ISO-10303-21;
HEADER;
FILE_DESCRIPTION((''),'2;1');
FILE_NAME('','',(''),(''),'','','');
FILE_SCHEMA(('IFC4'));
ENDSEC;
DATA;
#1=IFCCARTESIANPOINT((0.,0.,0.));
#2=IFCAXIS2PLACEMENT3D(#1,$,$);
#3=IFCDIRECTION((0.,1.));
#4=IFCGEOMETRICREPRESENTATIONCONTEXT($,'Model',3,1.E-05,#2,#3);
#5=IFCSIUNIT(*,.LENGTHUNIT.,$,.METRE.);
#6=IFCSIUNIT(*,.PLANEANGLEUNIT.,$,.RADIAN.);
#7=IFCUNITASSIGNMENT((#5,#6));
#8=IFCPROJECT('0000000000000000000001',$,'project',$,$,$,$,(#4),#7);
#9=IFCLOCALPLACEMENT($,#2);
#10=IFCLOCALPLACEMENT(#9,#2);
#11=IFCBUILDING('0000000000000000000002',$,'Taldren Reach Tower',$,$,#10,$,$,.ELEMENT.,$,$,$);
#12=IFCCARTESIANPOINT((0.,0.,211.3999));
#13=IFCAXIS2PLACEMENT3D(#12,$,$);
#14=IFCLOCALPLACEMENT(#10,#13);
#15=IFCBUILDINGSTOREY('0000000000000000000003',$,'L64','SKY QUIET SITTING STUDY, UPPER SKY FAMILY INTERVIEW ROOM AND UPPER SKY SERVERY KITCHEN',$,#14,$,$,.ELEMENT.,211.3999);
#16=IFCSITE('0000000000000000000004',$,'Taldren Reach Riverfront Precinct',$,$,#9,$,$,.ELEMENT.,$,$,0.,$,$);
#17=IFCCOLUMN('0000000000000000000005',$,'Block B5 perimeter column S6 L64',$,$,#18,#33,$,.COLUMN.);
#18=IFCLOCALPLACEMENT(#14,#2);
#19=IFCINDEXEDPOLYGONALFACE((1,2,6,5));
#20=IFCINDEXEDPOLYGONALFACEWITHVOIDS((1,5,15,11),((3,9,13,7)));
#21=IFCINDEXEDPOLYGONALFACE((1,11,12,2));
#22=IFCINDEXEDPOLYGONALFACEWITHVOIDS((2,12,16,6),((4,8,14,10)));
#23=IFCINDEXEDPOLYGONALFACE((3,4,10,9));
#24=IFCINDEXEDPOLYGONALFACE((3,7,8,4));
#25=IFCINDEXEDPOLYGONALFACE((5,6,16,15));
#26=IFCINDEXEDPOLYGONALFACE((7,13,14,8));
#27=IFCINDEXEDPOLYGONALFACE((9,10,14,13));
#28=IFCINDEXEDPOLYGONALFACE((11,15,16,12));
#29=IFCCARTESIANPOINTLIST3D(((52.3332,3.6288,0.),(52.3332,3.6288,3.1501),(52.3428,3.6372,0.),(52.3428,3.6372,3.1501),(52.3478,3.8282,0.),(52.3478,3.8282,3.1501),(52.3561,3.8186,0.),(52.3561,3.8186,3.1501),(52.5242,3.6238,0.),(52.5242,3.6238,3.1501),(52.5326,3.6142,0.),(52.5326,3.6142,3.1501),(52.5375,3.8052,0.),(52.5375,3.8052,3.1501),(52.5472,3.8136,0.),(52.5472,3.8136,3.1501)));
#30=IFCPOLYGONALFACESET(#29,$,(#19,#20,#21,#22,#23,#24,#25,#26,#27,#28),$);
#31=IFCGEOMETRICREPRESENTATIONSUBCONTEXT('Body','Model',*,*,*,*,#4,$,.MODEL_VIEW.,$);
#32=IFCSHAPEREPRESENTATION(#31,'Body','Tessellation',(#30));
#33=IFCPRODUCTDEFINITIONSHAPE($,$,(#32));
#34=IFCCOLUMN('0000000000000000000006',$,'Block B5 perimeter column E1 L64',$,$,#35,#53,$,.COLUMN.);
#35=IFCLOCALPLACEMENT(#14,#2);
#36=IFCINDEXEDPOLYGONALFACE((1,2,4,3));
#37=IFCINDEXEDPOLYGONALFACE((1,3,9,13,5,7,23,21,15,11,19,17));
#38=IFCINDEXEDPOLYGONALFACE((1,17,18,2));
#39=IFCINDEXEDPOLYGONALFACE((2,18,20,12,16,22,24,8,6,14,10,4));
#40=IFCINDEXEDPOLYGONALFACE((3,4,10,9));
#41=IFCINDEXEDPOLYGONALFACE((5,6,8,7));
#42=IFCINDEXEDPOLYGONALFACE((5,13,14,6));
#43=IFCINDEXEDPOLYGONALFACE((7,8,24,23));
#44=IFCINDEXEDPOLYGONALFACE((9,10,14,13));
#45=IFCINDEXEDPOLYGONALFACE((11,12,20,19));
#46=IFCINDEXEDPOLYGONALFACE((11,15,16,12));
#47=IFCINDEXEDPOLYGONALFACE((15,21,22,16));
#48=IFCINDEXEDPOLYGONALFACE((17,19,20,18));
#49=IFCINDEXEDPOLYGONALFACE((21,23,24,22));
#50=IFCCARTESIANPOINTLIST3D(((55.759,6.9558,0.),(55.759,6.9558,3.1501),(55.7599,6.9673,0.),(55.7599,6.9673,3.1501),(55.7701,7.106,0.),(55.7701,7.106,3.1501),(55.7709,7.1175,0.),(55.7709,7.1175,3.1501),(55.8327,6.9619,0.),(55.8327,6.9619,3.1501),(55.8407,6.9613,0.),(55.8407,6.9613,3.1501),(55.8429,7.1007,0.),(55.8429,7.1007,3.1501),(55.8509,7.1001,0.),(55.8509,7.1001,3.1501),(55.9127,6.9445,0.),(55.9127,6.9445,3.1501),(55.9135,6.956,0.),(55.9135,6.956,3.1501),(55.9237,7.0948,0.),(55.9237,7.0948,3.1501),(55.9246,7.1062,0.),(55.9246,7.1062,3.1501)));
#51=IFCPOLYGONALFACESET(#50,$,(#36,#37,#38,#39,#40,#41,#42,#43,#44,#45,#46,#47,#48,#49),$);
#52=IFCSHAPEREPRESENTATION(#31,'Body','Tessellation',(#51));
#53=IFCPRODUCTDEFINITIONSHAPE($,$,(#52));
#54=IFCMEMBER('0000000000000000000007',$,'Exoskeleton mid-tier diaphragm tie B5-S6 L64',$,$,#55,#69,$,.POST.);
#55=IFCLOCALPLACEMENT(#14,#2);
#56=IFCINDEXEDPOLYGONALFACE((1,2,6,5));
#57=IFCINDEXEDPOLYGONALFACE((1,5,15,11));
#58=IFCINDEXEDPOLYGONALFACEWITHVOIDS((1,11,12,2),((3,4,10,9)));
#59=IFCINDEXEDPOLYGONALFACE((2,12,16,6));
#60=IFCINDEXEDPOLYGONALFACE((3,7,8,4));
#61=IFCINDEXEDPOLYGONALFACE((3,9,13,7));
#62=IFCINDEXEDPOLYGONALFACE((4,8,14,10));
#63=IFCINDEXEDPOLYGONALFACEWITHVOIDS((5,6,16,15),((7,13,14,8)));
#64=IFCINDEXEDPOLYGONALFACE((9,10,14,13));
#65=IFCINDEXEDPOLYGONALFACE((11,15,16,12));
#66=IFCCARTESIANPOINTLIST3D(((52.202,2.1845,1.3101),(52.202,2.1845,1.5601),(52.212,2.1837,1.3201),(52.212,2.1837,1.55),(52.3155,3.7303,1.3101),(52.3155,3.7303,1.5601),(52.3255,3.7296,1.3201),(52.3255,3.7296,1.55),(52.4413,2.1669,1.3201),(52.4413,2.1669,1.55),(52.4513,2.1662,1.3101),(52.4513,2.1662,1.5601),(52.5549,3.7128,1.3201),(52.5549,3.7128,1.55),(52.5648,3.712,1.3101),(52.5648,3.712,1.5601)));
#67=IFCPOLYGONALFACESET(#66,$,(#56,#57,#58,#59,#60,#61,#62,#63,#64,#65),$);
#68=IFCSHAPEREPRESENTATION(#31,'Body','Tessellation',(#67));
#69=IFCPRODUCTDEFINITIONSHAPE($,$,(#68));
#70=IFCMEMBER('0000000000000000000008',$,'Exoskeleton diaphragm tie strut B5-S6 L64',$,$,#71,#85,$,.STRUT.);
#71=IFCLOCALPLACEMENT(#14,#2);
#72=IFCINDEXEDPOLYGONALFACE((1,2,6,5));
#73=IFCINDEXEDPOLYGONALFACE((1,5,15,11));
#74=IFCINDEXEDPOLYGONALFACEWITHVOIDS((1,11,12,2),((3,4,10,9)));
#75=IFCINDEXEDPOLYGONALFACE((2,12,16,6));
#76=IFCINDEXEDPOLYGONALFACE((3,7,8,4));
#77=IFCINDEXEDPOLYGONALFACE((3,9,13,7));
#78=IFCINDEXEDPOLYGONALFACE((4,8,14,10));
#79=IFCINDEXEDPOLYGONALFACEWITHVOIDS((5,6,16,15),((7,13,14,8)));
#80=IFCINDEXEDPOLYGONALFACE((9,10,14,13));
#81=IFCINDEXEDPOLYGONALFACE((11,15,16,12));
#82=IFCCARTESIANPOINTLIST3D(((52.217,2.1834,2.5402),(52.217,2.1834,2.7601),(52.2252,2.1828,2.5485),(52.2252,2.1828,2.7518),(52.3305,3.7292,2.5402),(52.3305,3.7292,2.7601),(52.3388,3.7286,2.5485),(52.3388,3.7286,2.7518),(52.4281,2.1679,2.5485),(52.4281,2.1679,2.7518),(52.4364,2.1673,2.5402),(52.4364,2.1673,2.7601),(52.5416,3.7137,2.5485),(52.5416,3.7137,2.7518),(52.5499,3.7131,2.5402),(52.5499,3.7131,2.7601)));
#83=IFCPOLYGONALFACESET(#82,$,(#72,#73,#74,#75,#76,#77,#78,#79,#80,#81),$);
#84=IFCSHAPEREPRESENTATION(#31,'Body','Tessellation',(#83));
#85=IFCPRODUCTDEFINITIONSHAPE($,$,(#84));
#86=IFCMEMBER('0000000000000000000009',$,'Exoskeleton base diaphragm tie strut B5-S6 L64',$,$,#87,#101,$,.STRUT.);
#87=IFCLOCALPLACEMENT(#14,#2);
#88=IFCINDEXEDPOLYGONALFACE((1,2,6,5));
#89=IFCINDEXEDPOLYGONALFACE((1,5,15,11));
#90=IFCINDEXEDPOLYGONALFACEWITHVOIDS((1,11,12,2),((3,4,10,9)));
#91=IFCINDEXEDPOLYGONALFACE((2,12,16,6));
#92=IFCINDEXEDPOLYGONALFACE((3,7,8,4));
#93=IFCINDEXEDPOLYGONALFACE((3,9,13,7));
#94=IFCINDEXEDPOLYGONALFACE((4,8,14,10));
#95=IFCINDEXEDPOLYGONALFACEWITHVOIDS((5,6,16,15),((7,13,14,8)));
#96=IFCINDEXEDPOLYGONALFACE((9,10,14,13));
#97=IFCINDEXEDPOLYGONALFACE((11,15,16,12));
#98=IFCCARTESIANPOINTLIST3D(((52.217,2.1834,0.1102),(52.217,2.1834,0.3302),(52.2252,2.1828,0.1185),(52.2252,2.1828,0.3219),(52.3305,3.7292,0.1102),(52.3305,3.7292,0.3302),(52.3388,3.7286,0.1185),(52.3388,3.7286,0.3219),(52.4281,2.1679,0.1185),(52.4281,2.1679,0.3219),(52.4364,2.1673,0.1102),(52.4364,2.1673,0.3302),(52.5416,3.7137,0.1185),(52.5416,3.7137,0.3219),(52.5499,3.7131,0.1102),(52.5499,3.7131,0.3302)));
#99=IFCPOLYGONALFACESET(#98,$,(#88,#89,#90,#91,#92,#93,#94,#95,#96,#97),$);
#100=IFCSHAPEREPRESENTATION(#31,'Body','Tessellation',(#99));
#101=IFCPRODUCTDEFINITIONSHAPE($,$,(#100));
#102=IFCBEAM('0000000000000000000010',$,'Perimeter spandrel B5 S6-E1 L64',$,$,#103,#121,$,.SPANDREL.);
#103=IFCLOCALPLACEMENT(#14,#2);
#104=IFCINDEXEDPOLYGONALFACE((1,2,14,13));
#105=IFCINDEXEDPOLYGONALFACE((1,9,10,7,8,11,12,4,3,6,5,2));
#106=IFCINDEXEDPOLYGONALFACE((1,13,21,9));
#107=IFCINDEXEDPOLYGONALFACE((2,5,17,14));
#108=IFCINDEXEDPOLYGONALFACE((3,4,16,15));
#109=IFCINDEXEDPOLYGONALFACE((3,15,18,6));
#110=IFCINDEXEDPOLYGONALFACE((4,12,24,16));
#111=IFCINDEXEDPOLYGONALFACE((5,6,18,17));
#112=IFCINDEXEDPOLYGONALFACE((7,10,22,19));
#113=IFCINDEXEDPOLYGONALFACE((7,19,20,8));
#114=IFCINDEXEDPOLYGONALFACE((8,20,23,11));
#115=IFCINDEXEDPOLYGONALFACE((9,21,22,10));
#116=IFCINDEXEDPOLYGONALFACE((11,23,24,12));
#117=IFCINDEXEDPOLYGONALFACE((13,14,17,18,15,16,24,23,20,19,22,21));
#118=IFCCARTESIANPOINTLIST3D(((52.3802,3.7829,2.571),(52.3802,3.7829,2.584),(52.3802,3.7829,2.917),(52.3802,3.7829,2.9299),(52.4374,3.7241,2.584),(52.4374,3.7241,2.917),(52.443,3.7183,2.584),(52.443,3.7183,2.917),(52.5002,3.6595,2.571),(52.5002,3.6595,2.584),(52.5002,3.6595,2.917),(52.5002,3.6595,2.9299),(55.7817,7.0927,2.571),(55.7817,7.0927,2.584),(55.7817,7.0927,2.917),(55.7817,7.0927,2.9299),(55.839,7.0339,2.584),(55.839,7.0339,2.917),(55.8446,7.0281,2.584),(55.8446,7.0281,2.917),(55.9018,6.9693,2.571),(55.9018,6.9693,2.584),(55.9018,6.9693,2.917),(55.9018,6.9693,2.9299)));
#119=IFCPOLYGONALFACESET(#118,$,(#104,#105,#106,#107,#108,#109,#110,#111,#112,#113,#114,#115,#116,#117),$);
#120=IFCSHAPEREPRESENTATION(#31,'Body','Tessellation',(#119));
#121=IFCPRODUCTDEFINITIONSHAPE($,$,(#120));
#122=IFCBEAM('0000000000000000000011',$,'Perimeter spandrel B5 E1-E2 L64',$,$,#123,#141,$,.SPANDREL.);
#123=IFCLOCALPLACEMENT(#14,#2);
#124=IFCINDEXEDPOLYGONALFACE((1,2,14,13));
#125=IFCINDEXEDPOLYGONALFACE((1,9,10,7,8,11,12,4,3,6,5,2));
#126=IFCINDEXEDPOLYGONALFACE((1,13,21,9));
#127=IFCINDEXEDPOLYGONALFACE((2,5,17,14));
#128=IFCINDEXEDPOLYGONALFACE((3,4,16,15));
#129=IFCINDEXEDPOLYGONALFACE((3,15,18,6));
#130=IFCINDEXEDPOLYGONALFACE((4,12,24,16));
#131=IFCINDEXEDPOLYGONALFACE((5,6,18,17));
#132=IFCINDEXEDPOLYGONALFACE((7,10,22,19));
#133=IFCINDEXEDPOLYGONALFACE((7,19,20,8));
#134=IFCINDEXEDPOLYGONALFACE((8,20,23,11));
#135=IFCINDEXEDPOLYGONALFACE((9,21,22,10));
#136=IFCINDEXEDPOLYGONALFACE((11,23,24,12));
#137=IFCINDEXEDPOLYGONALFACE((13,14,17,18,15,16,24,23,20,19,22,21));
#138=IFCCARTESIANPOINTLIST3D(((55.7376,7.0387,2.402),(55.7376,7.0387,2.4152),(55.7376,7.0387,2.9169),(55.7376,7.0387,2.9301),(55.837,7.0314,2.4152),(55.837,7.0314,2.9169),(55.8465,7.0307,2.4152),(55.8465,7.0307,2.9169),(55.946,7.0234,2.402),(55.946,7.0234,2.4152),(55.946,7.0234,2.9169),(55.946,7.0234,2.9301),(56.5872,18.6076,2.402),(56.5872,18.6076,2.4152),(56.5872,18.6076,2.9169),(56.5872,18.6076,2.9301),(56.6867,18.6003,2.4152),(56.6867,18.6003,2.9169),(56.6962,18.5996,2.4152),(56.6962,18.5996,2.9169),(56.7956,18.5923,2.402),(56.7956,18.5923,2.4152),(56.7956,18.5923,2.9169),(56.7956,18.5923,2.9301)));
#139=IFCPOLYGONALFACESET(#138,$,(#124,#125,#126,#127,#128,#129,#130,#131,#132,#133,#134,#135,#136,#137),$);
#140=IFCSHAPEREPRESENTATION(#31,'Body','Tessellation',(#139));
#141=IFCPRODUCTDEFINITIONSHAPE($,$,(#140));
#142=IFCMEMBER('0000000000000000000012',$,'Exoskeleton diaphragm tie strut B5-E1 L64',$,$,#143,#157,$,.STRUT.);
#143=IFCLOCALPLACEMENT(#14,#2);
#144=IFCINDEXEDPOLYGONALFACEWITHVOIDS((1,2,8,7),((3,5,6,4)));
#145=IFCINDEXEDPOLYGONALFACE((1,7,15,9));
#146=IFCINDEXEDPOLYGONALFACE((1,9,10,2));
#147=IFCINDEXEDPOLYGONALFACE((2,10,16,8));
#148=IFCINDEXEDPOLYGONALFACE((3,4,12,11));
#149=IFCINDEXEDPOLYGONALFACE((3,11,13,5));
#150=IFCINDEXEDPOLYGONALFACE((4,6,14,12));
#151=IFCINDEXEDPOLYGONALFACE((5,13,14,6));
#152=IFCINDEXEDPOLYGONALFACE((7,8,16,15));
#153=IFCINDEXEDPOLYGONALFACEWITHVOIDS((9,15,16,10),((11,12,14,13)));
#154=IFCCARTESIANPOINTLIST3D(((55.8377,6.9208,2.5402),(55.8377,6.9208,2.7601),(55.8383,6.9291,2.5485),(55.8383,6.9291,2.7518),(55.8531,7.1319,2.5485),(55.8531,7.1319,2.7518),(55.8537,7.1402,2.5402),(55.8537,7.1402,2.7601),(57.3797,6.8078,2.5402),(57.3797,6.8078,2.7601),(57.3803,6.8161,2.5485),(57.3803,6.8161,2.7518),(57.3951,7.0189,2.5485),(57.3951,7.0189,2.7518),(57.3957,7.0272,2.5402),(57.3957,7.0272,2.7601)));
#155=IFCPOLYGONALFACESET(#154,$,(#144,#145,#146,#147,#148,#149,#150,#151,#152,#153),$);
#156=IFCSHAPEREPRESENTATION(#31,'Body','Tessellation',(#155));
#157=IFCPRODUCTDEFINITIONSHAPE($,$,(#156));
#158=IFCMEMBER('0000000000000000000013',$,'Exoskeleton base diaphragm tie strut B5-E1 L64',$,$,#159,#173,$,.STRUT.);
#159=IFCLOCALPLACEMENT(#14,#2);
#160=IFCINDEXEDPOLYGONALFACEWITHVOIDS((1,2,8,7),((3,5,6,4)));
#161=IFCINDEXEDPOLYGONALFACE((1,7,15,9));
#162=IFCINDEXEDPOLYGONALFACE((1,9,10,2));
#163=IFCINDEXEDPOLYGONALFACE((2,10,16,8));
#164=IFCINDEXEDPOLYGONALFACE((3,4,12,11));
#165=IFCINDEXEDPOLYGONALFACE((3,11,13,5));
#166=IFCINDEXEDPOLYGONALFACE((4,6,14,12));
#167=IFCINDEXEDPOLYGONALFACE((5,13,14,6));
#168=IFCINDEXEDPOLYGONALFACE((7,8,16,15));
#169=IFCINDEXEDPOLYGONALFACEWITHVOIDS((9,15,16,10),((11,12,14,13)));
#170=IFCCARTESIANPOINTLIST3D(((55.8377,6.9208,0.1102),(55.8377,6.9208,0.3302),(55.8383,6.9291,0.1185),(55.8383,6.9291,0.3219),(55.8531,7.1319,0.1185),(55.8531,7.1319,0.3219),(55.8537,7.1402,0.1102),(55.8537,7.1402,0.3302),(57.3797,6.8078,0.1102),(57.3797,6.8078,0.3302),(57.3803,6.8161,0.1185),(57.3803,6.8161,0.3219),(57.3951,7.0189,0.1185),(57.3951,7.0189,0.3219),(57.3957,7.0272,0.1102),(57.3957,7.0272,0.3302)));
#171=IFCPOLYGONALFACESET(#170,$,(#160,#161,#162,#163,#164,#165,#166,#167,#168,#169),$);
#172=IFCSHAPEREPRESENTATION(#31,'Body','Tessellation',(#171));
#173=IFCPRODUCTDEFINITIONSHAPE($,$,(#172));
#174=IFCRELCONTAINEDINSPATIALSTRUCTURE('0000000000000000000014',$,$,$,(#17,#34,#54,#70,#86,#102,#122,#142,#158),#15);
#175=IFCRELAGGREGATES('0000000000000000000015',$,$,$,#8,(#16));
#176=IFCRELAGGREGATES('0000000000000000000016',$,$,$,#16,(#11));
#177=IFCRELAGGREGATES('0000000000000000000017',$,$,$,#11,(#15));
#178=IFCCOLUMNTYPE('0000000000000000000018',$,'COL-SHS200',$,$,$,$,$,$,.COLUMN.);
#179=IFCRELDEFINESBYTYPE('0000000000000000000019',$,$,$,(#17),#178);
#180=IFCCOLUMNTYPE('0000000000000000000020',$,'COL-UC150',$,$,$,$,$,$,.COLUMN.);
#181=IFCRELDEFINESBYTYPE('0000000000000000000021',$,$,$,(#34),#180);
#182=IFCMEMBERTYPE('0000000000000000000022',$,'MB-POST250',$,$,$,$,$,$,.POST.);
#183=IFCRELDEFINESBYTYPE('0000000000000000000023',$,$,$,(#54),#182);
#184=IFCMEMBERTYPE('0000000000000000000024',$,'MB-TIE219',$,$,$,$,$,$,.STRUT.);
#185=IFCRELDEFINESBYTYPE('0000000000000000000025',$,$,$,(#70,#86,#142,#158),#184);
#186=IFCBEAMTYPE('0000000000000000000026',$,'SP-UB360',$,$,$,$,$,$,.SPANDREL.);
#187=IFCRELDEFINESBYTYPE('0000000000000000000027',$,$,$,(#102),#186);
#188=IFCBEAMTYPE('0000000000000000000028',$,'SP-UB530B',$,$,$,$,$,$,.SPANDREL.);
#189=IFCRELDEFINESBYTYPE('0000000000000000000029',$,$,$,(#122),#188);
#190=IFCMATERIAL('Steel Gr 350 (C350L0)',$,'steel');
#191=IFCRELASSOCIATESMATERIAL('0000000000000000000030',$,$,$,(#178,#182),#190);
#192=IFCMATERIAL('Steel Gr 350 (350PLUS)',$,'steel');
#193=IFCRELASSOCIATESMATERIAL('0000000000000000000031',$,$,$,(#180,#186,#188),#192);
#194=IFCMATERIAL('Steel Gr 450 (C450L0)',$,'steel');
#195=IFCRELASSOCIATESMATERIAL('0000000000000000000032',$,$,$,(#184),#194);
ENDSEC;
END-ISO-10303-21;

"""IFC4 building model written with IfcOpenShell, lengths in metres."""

from ifc_helpers import new_model, si_unit, direction, frame, origin, origin_2d, place, context, subcontext, project, spatial, hollow_rectangle, i_section, extrude, source, transform, mapped, material, material_profile, profile_set, type_object, element, save


model = new_model("IFC4")

# Units and contexts
model_context = context("Model", 3, precision=1e-05, world=origin(), true_north=direction((0.0, 1.0)))
body_context = subcontext(model_context, "Body", "Model", "MODEL_VIEW")
ifc_project = project(units=[si_unit("LENGTHUNIT", "METRE"), si_unit("PLANEANGLEUNIT", "RADIAN")], contexts=[model_context])

# Site, building, storey
site_placement = place(None, origin())
site = spatial("IfcSite", under=ifc_project, at=site_placement, Name="Taldren Reach Riverfront Precinct", CompositionType="ELEMENT", RefElevation=0.0)
building_placement = place(site_placement, origin())
building = spatial("IfcBuilding", under=site, at=building_placement, Name="Taldren Reach Tower", CompositionType="ELEMENT")
storey_placement = place(building_placement, frame((0.0, 0.0, 211.3999)))
storey = spatial("IfcBuildingStorey", under=building, at=storey_placement, Name="L64", Description="SKY QUIET SITTING STUDY, UPPER SKY FAMILY INTERVIEW ROOM AND UPPER SKY SERVERY KITCHEN", CompositionType="ELEMENT", Elevation=211.3999)

# Columns
ifc_material_1 = material(Name="Steel Gr 350 (C350L0)", Category="steel")
ifc_material_profile_1 = material_profile(ifc_material_1, hollow_rectangle(XDim=0.2, YDim=0.2, WallThickness=0.009, at=origin_2d()), Name="200x200x9.0SHS")
ifc_profile_set_1 = profile_set([ifc_material_profile_1], Name="Steel Gr 350 (C350L0)")
column_type_1 = type_object("IfcColumnType", Name="COL-SHS200", PredefinedType="COLUMN", material=ifc_profile_set_1)
shared_shape_1 = source(origin(), body_context, "Body", "SweptSolid", [
    extrude(hollow_rectangle(XDim=0.2, YDim=0.2, WallThickness=0.009, at=origin_2d()), origin(), (0.0, 0.0, 1.0), 3.1501),
])
column_1_placement = place(storey_placement, frame((52.4402, 3.7212, 0.0), z_axis=(0.0, 0.0, 1.0), x_axis=(0.997314, -0.073238, 0.0)))
element("IfcColumn", 1, at=column_1_placement, inside=storey, type_object=column_type_1, Name="Block B5 perimeter column S6 L64", PredefinedType="COLUMN", context=body_context, shape_type="MappedRepresentation", body=[
    mapped(shared_shape_1, transform((0.0, 0.0, 0.0), scale=1.0)),
])
ifc_material_2 = material(Name="Steel Gr 350 (350PLUS)", Category="steel")
ifc_material_profile_2 = material_profile(ifc_material_2, i_section(OverallWidth=0.1541, OverallDepth=0.1621, WebThickness=0.0081, FlangeThickness=0.0115, at=origin_2d()), Name="150UC37.2")
ifc_profile_set_2 = profile_set([ifc_material_profile_2], Name="Steel Gr 350 (350PLUS)")
column_type_2 = type_object("IfcColumnType", Name="COL-UC150", PredefinedType="COLUMN", material=ifc_profile_set_2)
shared_shape_2 = source(origin(), body_context, "Body", "SweptSolid", [
    extrude(i_section(OverallWidth=0.1541, OverallDepth=0.1621, WebThickness=0.0081, FlangeThickness=0.0115, at=origin_2d()), origin(), (0.0, 0.0, 1.0), 3.1501),
])
column_2_placement = place(storey_placement, frame((55.8418, 7.031, 0.0), z_axis=(0.0, 0.0, 1.0), x_axis=(0.997314, -0.073238, 0.0)))
element("IfcColumn", 2, at=column_2_placement, inside=storey, type_object=column_type_2, Name="Block B5 perimeter column E1 L64", PredefinedType="COLUMN", context=body_context, shape_type="MappedRepresentation", body=[
    mapped(shared_shape_2, transform((0.0, 0.0, 0.0), scale=1.0)),
])

# Members
ifc_material_profile_3 = material_profile(ifc_material_1, hollow_rectangle(XDim=0.25, YDim=0.25, WallThickness=0.01, at=origin_2d()), Name="250x250x10.0SHS")
ifc_profile_set_3 = profile_set([ifc_material_profile_3], Name="Steel Gr 350 (C350L0)")
member_type_1 = type_object("IfcMemberType", Name="MB-POST250", PredefinedType="POST", material=ifc_profile_set_3)
shared_shape_3 = source(origin(), body_context, "Body", "SweptSolid", [
    extrude(hollow_rectangle(XDim=0.25, YDim=0.25, WallThickness=0.01, at=origin_2d()), origin(), (0.0, 0.0, 1.0), 1.55),
])
member_1_placement = place(storey_placement, frame((52.4402, 3.7212, 1.4351), z_axis=(-0.073239, -0.997314, 0.0), x_axis=(0.997314, -0.073239, 0.0)))
element("IfcMember", 3, at=member_1_placement, inside=storey, type_object=member_type_1, Name="Exoskeleton mid-tier diaphragm tie B5-S6 L64", PredefinedType="POST", context=body_context, shape_type="MappedRepresentation", body=[
    mapped(shared_shape_3, transform((0.0, 0.0, 0.0), scale=1.0)),
])
ifc_material_3 = material(Name="Steel Gr 450 (C450L0)", Category="steel")
ifc_material_profile_4 = material_profile(ifc_material_3, hollow_rectangle(XDim=0.22, YDim=0.22, WallThickness=0.0083, at=origin_2d()), Name="220x220x8.2SHS")
ifc_profile_set_4 = profile_set([ifc_material_profile_4], Name="Steel Gr 450 (C450L0)")
member_type_2 = type_object("IfcMemberType", Name="MB-TIE219", PredefinedType="STRUT", material=ifc_profile_set_4)
shared_shape_4 = source(origin(), body_context, "Body", "SweptSolid", [
    extrude(hollow_rectangle(XDim=0.22, YDim=0.22, WallThickness=0.0083, at=origin_2d()), origin(), (0.0, 0.0, 1.0), 1.55),
])
for number, where, z_axis, x_axis, name in (
    (4, (52.4402, 3.7212, 2.6501), (-0.073239, -0.997314, 0.0), (0.997314, -0.073239, 0.0), "Exoskeleton diaphragm tie strut B5-S6 L64"),
    (5, (52.4402, 3.7212, 0.2202), (-0.073239, -0.997314, 0.0), (0.997314, -0.073239, 0.0), "Exoskeleton base diaphragm tie strut B5-S6 L64"),
):
    element("IfcMember", number, at=place(storey_placement, frame(where, z_axis=z_axis, x_axis=x_axis)), inside=storey, type_object=member_type_2, Name=name, PredefinedType="STRUT", context=body_context, shape_type="MappedRepresentation", body=[
        mapped(shared_shape_4, transform((0.0, 0.0, 0.0), scale=1.0)),
    ])

# Beams
ifc_material_profile_5 = material_profile(ifc_material_2, i_section(OverallWidth=0.1721, OverallDepth=0.3589, WebThickness=0.0081, FlangeThickness=0.0129, at=origin_2d()), Name="360UB56.7")
ifc_profile_set_5 = profile_set([ifc_material_profile_5], Name="Steel Gr 350 (350PLUS)")
beam_type_1 = type_object("IfcBeamType", Name="SP-UB360", PredefinedType="SPANDREL", material=ifc_profile_set_5)
shared_shape_5 = source(origin(), body_context, "Body", "SweptSolid", [
    extrude(i_section(OverallWidth=0.1721, OverallDepth=0.3589, WebThickness=0.0081, FlangeThickness=0.0129, at=origin_2d()), origin(), (0.0, 0.0, 1.0), 4.7461),
])
beam_1_placement = place(storey_placement, frame((52.4402, 3.7212, 2.7505), z_axis=(0.716711, 0.69737, 0.0), x_axis=(-0.69737, 0.716711, 0.0)))
element("IfcBeam", 6, at=beam_1_placement, inside=storey, type_object=beam_type_1, Name="Perimeter spandrel B5 S6-E1 L64", PredefinedType="SPANDREL", context=body_context, shape_type="MappedRepresentation", body=[
    mapped(shared_shape_5, transform((0.0, 0.0, 0.0), scale=1.0)),
])
ifc_material_profile_6 = material_profile(ifc_material_2, i_section(OverallWidth=0.209, OverallDepth=0.5281, WebThickness=0.0095, FlangeThickness=0.0132, at=origin_2d()), Name="530UB82.0")
ifc_profile_set_6 = profile_set([ifc_material_profile_6], Name="Steel Gr 350 (350PLUS)")
beam_type_2 = type_object("IfcBeamType", Name="SP-UB530B", PredefinedType="SPANDREL", material=ifc_profile_set_6)
shared_shape_6 = source(origin(), body_context, "Body", "SweptSolid", [
    extrude(i_section(OverallWidth=0.209, OverallDepth=0.5281, WebThickness=0.0095, FlangeThickness=0.0132, at=origin_2d()), origin(), (0.0, 0.0, 1.0), 11.6001),
])
beam_2_placement = place(storey_placement, frame((55.8418, 7.031, 2.666), z_axis=(0.073242, 0.997314, 0.0), x_axis=(-0.997314, 0.073242, 0.0)))
element("IfcBeam", 7, at=beam_2_placement, inside=storey, type_object=beam_type_2, Name="Perimeter spandrel B5 E1-E2 L64", PredefinedType="SPANDREL", context=body_context, shape_type="MappedRepresentation", body=[
    mapped(shared_shape_6, transform((0.0, 0.0, 0.0), scale=1.0)),
])

# Members
shared_shape_7 = source(origin(), body_context, "Body", "SweptSolid", [
    extrude(hollow_rectangle(XDim=0.22, YDim=0.22, WallThickness=0.0083, at=origin_2d()), origin(), (0.0, 0.0, 1.0), 1.5461),
])
for number, where, z_axis, x_axis, name in (
    (8, (55.8457, 7.0305, 2.6501), (0.997324, -0.07311, 0.0), (0.07311, 0.997324, 0.0), "Exoskeleton diaphragm tie strut B5-E1 L64"),
    (9, (55.8457, 7.0305, 0.2202), (0.997324, -0.07311, 0.0), (0.07311, 0.997324, 0.0), "Exoskeleton base diaphragm tie strut B5-E1 L64"),
):
    element("IfcMember", number, at=place(storey_placement, frame(where, z_axis=z_axis, x_axis=x_axis)), inside=storey, type_object=member_type_2, Name=name, PredefinedType="STRUT", context=body_context, shape_type="MappedRepresentation", body=[
        mapped(shared_shape_7, transform((0.0, 0.0, 0.0), scale=1.0)),
    ])

save(model, "model.ifc")
